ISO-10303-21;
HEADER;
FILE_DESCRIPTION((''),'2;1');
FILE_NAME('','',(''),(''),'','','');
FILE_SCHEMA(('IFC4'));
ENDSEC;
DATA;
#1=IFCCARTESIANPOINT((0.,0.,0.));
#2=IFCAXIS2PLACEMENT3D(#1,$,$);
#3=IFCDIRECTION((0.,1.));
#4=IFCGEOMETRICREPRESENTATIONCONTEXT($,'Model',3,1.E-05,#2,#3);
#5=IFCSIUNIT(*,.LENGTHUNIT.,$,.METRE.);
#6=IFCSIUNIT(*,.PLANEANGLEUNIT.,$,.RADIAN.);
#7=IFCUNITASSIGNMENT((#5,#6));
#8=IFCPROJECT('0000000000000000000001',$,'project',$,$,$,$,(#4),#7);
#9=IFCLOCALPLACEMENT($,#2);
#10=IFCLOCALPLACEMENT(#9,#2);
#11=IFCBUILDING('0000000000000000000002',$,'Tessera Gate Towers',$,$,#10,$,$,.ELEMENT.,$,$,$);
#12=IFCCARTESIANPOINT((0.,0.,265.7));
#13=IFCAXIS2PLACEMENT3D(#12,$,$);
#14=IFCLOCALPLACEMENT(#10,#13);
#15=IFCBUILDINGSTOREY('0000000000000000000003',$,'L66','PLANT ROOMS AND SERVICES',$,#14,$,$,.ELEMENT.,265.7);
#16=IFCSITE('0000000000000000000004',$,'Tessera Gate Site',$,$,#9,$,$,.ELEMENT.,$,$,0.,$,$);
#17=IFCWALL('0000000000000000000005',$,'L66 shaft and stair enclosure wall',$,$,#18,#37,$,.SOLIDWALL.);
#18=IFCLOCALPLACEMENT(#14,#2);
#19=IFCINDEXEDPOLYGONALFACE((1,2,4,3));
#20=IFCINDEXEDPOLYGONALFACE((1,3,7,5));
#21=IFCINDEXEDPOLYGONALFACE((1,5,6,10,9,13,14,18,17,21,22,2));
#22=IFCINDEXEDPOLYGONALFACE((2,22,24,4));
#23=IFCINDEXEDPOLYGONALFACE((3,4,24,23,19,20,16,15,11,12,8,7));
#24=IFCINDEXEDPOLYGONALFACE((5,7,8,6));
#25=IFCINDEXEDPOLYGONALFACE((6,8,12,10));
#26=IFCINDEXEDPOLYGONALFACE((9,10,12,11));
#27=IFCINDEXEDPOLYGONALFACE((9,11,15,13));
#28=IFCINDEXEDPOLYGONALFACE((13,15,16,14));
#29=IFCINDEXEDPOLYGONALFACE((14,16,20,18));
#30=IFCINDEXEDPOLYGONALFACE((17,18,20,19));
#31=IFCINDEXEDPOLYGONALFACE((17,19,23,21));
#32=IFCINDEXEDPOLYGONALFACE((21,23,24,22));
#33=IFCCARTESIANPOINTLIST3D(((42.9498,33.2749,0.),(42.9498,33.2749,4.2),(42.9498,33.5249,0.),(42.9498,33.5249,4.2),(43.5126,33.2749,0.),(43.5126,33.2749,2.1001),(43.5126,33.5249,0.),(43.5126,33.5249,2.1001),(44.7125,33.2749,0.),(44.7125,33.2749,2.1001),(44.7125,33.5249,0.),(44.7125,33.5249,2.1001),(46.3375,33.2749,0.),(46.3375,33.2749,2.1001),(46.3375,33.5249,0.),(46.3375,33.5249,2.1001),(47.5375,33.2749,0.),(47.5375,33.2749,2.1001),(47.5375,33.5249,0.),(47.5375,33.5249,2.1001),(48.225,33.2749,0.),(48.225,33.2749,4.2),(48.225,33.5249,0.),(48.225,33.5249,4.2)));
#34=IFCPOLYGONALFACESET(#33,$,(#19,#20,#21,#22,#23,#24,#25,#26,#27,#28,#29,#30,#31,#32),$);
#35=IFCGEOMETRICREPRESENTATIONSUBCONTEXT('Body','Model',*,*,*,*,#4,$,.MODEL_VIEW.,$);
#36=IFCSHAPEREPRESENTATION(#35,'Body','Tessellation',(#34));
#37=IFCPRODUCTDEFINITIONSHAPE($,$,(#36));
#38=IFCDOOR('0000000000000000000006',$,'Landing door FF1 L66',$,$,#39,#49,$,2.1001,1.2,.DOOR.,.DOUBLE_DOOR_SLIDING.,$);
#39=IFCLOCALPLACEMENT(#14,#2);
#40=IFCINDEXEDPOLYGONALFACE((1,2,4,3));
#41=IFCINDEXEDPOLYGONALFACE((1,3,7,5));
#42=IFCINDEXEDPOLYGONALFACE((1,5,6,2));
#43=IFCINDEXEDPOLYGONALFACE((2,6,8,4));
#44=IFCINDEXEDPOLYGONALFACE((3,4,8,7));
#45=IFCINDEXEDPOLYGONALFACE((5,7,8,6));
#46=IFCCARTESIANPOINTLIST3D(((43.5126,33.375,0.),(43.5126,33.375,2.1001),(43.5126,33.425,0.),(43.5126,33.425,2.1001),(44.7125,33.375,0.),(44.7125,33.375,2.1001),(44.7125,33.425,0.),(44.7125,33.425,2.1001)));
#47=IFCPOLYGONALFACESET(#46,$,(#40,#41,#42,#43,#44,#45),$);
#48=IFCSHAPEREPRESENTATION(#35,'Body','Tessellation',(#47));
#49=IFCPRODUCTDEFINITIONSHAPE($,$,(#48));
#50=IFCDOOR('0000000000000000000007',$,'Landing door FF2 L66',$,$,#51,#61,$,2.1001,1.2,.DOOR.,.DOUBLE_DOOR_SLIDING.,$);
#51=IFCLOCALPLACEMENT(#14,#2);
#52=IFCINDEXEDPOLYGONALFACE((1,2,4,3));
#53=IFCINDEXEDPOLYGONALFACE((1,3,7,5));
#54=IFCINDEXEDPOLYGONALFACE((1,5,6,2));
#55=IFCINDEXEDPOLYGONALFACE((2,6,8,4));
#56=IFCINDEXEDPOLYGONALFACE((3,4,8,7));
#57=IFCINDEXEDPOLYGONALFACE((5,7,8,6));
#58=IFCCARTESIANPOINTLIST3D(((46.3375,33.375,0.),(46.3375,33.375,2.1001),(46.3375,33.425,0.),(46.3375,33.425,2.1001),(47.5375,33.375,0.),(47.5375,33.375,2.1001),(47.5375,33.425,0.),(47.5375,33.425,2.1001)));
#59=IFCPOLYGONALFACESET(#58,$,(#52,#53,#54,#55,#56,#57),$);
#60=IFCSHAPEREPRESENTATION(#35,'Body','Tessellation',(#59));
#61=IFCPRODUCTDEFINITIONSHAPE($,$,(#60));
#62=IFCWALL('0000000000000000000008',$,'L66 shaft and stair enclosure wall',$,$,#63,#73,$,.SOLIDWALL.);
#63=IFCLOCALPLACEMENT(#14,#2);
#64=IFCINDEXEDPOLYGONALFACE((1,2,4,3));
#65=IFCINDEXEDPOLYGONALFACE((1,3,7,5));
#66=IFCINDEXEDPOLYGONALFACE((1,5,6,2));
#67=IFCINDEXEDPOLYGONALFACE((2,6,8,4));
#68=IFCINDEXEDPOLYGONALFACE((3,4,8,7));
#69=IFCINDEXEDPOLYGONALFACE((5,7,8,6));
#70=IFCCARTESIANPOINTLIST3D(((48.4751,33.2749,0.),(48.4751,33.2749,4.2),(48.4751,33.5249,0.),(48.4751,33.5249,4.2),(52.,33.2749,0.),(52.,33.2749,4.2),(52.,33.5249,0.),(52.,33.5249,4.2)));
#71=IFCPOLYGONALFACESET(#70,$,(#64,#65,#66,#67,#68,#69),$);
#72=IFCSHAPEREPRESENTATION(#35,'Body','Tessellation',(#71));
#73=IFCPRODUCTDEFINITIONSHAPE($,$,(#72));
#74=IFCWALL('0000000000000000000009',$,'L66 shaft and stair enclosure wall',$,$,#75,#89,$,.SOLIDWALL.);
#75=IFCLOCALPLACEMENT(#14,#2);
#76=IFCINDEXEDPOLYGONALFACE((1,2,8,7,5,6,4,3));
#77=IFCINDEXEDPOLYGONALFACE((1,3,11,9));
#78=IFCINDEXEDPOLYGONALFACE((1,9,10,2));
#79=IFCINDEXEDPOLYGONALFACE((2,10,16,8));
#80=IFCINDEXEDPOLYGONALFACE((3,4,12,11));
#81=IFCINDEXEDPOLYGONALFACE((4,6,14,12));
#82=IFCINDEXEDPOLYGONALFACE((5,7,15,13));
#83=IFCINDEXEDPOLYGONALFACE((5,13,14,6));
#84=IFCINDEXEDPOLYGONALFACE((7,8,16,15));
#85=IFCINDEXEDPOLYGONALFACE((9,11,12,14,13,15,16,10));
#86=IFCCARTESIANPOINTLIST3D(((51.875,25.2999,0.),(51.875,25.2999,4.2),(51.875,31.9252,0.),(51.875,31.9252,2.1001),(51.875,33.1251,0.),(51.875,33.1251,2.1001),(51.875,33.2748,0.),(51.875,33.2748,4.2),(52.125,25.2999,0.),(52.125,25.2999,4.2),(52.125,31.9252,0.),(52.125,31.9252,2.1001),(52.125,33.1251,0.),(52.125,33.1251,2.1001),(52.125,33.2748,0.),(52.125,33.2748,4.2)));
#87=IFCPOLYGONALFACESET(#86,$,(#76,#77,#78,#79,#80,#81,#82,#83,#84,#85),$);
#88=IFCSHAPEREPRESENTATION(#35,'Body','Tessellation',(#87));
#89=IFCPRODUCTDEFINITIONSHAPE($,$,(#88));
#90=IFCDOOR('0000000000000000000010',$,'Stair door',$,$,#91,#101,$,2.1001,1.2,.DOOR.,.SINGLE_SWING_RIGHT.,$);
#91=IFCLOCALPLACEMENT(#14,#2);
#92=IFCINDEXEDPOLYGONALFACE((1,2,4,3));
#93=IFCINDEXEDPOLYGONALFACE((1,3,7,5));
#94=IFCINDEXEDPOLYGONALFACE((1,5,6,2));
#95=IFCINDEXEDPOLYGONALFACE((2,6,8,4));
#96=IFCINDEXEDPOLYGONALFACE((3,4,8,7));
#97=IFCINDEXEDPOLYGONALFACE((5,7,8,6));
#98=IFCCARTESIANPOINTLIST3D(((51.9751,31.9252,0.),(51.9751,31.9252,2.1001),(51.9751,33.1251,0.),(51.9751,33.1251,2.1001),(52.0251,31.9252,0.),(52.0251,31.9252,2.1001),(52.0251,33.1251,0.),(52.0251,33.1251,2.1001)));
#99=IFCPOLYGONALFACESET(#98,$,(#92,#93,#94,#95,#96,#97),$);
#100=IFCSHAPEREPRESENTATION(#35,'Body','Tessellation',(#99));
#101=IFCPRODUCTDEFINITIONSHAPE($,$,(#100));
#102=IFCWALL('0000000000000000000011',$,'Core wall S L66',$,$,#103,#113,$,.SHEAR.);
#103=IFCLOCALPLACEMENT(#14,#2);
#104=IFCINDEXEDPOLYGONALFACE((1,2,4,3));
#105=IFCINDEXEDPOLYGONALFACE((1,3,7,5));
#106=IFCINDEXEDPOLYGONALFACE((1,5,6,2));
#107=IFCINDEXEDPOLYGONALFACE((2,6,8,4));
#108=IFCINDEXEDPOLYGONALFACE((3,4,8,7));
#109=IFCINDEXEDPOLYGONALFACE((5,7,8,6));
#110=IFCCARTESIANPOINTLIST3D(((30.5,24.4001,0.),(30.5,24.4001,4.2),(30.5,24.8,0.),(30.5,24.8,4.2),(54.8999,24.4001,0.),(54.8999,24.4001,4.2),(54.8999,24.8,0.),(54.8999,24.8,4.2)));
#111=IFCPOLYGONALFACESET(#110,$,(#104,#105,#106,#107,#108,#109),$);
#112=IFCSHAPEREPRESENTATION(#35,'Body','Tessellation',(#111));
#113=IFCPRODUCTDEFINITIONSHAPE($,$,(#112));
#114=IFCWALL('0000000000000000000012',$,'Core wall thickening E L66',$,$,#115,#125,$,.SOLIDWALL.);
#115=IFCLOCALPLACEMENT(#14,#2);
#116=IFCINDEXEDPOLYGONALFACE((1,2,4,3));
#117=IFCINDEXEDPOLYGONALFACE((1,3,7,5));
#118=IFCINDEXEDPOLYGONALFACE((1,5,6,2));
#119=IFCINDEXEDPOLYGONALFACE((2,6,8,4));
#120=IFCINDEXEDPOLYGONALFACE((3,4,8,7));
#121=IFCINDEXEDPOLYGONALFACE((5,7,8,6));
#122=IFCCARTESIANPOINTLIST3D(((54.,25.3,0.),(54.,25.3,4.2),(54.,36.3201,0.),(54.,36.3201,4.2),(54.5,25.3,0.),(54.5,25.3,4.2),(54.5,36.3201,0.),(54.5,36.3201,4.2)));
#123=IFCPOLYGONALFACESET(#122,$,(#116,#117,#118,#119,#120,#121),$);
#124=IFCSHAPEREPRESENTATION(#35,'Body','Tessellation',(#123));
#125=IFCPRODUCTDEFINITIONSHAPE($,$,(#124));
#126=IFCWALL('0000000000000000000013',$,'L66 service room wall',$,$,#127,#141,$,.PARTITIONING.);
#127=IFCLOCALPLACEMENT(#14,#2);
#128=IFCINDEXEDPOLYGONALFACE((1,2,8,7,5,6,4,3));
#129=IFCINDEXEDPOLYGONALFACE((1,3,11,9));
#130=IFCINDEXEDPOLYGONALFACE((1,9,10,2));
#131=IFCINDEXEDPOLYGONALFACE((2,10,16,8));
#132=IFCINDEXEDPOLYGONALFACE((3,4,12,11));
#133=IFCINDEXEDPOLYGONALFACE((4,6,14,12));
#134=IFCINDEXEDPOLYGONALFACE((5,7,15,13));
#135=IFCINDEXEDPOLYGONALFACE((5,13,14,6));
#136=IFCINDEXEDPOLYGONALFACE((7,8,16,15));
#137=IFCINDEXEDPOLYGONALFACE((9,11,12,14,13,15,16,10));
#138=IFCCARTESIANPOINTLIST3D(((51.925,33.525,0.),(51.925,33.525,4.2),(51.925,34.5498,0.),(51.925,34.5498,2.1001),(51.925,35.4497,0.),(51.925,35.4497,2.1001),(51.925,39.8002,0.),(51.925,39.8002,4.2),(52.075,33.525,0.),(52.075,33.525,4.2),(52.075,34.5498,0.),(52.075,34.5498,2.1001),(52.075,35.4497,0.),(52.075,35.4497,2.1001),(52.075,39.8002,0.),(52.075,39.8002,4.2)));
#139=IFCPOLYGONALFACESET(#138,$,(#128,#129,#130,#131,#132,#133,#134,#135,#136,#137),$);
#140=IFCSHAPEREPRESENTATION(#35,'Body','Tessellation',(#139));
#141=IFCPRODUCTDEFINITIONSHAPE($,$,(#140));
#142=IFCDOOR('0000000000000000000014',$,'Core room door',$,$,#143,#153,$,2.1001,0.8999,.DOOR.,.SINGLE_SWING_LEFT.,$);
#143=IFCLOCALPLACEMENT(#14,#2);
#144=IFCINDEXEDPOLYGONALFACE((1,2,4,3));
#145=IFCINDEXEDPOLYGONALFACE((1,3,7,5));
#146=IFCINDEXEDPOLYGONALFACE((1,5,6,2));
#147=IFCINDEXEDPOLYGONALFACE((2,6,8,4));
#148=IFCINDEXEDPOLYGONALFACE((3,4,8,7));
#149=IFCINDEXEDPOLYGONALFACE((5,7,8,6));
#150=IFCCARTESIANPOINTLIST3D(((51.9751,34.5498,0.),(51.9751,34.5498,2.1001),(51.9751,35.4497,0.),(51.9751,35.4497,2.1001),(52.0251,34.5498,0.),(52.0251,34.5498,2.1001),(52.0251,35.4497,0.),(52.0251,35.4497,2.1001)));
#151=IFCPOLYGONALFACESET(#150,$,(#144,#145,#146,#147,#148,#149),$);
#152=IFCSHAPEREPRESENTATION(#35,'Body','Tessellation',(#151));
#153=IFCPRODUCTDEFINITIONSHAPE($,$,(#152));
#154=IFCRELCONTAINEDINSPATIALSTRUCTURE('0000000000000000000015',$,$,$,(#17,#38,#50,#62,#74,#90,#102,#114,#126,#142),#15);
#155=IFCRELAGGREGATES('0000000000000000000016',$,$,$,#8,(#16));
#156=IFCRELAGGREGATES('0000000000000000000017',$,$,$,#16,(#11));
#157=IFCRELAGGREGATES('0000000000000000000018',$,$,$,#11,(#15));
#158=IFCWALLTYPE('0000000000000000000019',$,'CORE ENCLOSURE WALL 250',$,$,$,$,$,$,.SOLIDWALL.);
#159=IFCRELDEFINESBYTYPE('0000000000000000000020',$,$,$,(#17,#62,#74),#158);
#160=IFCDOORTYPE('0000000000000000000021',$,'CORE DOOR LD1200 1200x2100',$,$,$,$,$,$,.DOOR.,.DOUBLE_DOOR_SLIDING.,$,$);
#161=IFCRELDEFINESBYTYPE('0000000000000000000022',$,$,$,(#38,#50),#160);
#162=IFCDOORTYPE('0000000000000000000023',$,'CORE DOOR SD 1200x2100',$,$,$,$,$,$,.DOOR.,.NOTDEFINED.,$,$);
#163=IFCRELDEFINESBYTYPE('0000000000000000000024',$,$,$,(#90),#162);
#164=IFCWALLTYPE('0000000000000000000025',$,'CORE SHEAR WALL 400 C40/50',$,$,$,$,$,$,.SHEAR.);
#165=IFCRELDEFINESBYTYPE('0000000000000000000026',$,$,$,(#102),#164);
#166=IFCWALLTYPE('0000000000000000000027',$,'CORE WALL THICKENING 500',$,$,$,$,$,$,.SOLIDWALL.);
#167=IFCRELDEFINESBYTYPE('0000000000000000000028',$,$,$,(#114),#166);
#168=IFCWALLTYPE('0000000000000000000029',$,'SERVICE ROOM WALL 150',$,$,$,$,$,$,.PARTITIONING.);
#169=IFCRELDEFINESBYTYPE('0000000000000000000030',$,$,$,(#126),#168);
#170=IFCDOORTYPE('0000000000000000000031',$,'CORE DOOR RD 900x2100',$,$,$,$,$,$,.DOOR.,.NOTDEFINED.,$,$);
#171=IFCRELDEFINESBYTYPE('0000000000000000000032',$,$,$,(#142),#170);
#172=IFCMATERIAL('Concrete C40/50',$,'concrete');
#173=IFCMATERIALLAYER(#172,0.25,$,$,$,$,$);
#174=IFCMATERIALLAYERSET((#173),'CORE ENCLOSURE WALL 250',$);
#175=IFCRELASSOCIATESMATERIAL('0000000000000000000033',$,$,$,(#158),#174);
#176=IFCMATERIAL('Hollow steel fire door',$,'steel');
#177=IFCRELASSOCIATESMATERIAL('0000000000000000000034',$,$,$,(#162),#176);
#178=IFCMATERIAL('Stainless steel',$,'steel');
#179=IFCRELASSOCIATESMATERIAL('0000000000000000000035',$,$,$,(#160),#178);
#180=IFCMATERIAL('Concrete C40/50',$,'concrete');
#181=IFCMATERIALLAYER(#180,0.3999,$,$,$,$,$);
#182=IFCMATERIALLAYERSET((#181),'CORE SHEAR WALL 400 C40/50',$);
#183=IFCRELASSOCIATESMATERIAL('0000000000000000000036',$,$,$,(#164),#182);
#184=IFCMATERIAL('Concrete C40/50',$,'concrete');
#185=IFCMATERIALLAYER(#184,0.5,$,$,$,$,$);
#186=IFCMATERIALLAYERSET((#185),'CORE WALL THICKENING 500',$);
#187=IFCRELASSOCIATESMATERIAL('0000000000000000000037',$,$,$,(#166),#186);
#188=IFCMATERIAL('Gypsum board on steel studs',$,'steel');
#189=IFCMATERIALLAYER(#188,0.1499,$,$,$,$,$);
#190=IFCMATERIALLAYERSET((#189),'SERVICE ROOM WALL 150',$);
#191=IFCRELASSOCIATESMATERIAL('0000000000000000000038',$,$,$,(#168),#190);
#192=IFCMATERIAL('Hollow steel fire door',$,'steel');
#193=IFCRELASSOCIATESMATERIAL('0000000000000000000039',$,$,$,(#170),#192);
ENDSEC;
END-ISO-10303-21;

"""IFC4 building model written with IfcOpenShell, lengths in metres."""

from ifc_helpers import new_model, si_unit, direction, frame, frame_2d, origin, place, context, subcontext, project, spatial, rectangle, extrude, source, transform, mapped, material, layer, layer_set, type_object, element, fill, save


model = new_model("IFC4")

# Units and contexts
model_context = context("Model", 3, precision=1e-05, world=origin(), true_north=direction((0.0, 1.0)))
body_context = subcontext(model_context, "Body", "Model", "MODEL_VIEW")
ifc_project = project(units=[si_unit("LENGTHUNIT", "METRE"), si_unit("PLANEANGLEUNIT", "RADIAN")], contexts=[model_context])

# Site, building, storey
site_placement = place(None, origin())
site = spatial("IfcSite", under=ifc_project, at=site_placement, Name="Tessera Gate Site", CompositionType="ELEMENT", RefElevation=0.0)
building_placement = place(site_placement, origin())
building = spatial("IfcBuilding", under=site, at=building_placement, Name="Tessera Gate Towers", CompositionType="ELEMENT")
storey_placement = place(building_placement, frame((0.0, 0.0, 265.7)))
storey = spatial("IfcBuildingStorey", under=building, at=storey_placement, Name="L66", Description="PLANT ROOMS AND SERVICES", CompositionType="ELEMENT", Elevation=265.7)

# Shared definitions
ifc_material_1 = material(Name="Concrete C40/50", Category="concrete")
ifc_layer_1 = layer(ifc_material_1, 0.25)
ifc_layer_set_1 = layer_set([ifc_layer_1], Name="CORE ENCLOSURE WALL 250")
wall_type_1 = type_object("IfcWallType", Name="CORE ENCLOSURE WALL 250", PredefinedType="SOLIDWALL", material=ifc_layer_set_1)
shared_shape_1 = source(origin(), body_context, "Body", "SweptSolid", [
    extrude(rectangle(XDim=1.2, YDim=2.1001, at=frame_2d((0.6001, 1.05))), frame((0.0, 0.135, 0.0), z_axis=(0.0, -1.0, 0.0), x_axis=(1.0, 0.0, 0.0)), (0.0, 0.0, 1.0), 0.27),
])
ifc_material_2 = material(Name="Hollow steel fire door", Category="steel")
door_type_1 = type_object("IfcDoorType", Name="CORE DOOR SD 1200x2100", OperationType="NOTDEFINED", PredefinedType="DOOR", material=ifc_material_2)
shared_shape_2 = source(origin(), body_context, "Body", "SweptSolid", [
    extrude(rectangle(XDim=1.2, YDim=2.1001, at=frame_2d((0.6001, 1.05))), frame((0.0, 0.0249, 0.0), z_axis=(0.0, -1.0, 0.0), x_axis=(1.0, 0.0, 0.0)), (0.0, 0.0, 1.0), 0.05),
])

# Wall, openings, doors
wall_1_placement = place(storey_placement, frame((48.2251, 33.3999, 0.0), z_axis=(0.0, 0.0, 1.0), x_axis=(-1.0, 0.0, 0.0)))
wall_1 = element("IfcWall", 1, at=wall_1_placement, inside=storey, type_object=wall_type_1, Name="L66 shaft and stair enclosure wall", PredefinedType="SOLIDWALL", context=body_context, shape_type="SweptSolid", body=[
    extrude(rectangle(XDim=5.2751, YDim=0.25, at=frame_2d((2.6377, 0.0))), origin(), (0.0, 0.0, 1.0), 4.2),
])
opening_1_placement = place(wall_1_placement, frame((3.5125, 0.0, 0.0)))
opening_1 = element("IfcOpeningElement", 2, at=opening_1_placement, cuts=wall_1, PredefinedType="OPENING", context=body_context, shape_type="MappedRepresentation", body=[
    mapped(shared_shape_1, transform((0.0, 0.0, 0.0), scale=1.0)),
])
opening_2_placement = place(wall_1_placement, frame((0.6875, 0.0, 0.0)))
opening_2 = element("IfcOpeningElement", 3, at=opening_2_placement, cuts=wall_1, PredefinedType="OPENING", context=body_context, shape_type="MappedRepresentation", body=[
    mapped(shared_shape_1, transform((0.0, 0.0, 0.0), scale=1.0)),
])
ifc_material_3 = material(Name="Stainless steel", Category="steel")
door_type_2 = type_object("IfcDoorType", Name="CORE DOOR LD1200 1200x2100", OperationType="DOUBLE_DOOR_SLIDING", PredefinedType="DOOR", material=ifc_material_3)
door_1_placement = place(opening_1_placement, origin())
door_1 = element("IfcDoor", 4, at=door_1_placement, inside=storey, type_object=door_type_2, Name="Landing door FF1 L66", OperationType="DOUBLE_DOOR_SLIDING", OverallHeight=2.1001, OverallWidth=1.2, PredefinedType="DOOR", context=body_context, shape_type="MappedRepresentation", body=[
    mapped(shared_shape_2, transform((0.0, 0.0, 0.0), scale=1.0)),
])
fill(opening_1, door_1)
door_2_placement = place(opening_2_placement, origin())
door_2 = element("IfcDoor", 5, at=door_2_placement, inside=storey, type_object=door_type_2, Name="Landing door FF2 L66", OperationType="DOUBLE_DOOR_SLIDING", OverallHeight=2.1001, OverallWidth=1.2, PredefinedType="DOOR", context=body_context, shape_type="MappedRepresentation", body=[
    mapped(shared_shape_2, transform((0.0, 0.0, 0.0), scale=1.0)),
])
fill(opening_2, door_2)

# Wall
wall_2_placement = place(storey_placement, frame((48.4751, 33.3999, 0.0), z_axis=(0.0, 0.0, 1.0), x_axis=(1.0, 0.0, 0.0)))
element("IfcWall", 6, at=wall_2_placement, inside=storey, type_object=wall_type_1, Name="L66 shaft and stair enclosure wall", PredefinedType="SOLIDWALL", context=body_context, shape_type="SweptSolid", body=[
    extrude(rectangle(XDim=3.5249, YDim=0.25, at=frame_2d((1.7625, 0.0))), origin(), (0.0, 0.0, 1.0), 4.2),
])

# Wall, opening, door
wall_3_placement = place(storey_placement, frame((52.0, 25.3, 0.0), z_axis=(0.0, 0.0, 1.0), x_axis=(0.0, 1.0, 0.0)))
wall_3 = element("IfcWall", 7, at=wall_3_placement, inside=storey, type_object=wall_type_1, Name="L66 shaft and stair enclosure wall", PredefinedType="SOLIDWALL", context=body_context, shape_type="SweptSolid", body=[
    extrude(rectangle(XDim=7.9749, YDim=0.25, at=frame_2d((3.9873, 0.0))), origin(), (0.0, 0.0, 1.0), 4.2),
])
opening_3_placement = place(wall_3_placement, frame((6.625, 0.0, 0.0)))
opening_3 = element("IfcOpeningElement", 8, at=opening_3_placement, cuts=wall_3, PredefinedType="OPENING", context=body_context, shape_type="MappedRepresentation", body=[
    mapped(shared_shape_1, transform((0.0, 0.0, 0.0), scale=1.0)),
])
door_3_placement = place(opening_3_placement, origin())
door_3 = element("IfcDoor", 9, at=door_3_placement, inside=storey, type_object=door_type_1, Name="Stair door", OperationType="SINGLE_SWING_RIGHT", OverallHeight=2.1001, OverallWidth=1.2, PredefinedType="DOOR", context=body_context, shape_type="MappedRepresentation", body=[
    mapped(shared_shape_2, transform((0.0, 0.0, 0.0), scale=1.0)),
])
fill(opening_3, door_3)

# Walls
ifc_material_4 = material(Name="Concrete C40/50", Category="concrete")
ifc_layer_2 = layer(ifc_material_4, 0.3999)
ifc_layer_set_2 = layer_set([ifc_layer_2], Name="CORE SHEAR WALL 400 C40/50")
wall_type_2 = type_object("IfcWallType", Name="CORE SHEAR WALL 400 C40/50", PredefinedType="SHEAR", material=ifc_layer_set_2)
wall_4_placement = place(storey_placement, frame((54.8999, 24.6001, 0.0), z_axis=(0.0, 0.0, 1.0), x_axis=(-1.0, 0.0, 0.0)))
element("IfcWall", 10, at=wall_4_placement, inside=storey, type_object=wall_type_2, Name="Core wall S L66", PredefinedType="SHEAR", context=body_context, shape_type="SweptSolid", body=[
    extrude(rectangle(XDim=24.3999, YDim=0.3999, at=frame_2d((12.2, 0.0))), origin(), (0.0, 0.0, 1.0), 4.2),
])
ifc_material_5 = material(Name="Concrete C40/50", Category="concrete")
ifc_layer_3 = layer(ifc_material_5, 0.5)
ifc_layer_set_3 = layer_set([ifc_layer_3], Name="CORE WALL THICKENING 500")
wall_type_3 = type_object("IfcWallType", Name="CORE WALL THICKENING 500", PredefinedType="SOLIDWALL", material=ifc_layer_set_3)
wall_5_placement = place(storey_placement, frame((54.25, 25.3, 0.0), z_axis=(0.0, 0.0, 1.0), x_axis=(0.0, 1.0, 0.0)))
element("IfcWall", 11, at=wall_5_placement, inside=storey, type_object=wall_type_3, Name="Core wall thickening E L66", PredefinedType="SOLIDWALL", context=body_context, shape_type="SweptSolid", body=[
    extrude(rectangle(XDim=11.02, YDim=0.5, at=frame_2d((5.51, 0.0))), origin(), (0.0, 0.0, 1.0), 4.2),
])

# Wall, opening, door
ifc_material_6 = material(Name="Gypsum board on steel studs", Category="steel")
ifc_layer_4 = layer(ifc_material_6, 0.1499)
ifc_layer_set_4 = layer_set([ifc_layer_4], Name="SERVICE ROOM WALL 150")
wall_type_4 = type_object("IfcWallType", Name="SERVICE ROOM WALL 150", PredefinedType="PARTITIONING", material=ifc_layer_set_4)
wall_6_placement = place(storey_placement, frame((52.0, 33.5249, 0.0), z_axis=(0.0, 0.0, 1.0), x_axis=(0.0, 1.0, 0.0)))
wall_6 = element("IfcWall", 12, at=wall_6_placement, inside=storey, type_object=wall_type_4, Name="L66 service room wall", PredefinedType="PARTITIONING", context=body_context, shape_type="SweptSolid", body=[
    extrude(rectangle(XDim=6.2751, YDim=0.1499, at=frame_2d((3.1377, 0.0))), origin(), (0.0, 0.0, 1.0), 4.2),
])
shared_shape_3 = source(origin(), body_context, "Body", "SweptSolid", [
    extrude(rectangle(XDim=0.8999, YDim=2.1001, at=frame_2d((0.45, 1.05))), frame((0.0, 0.085, 0.0), z_axis=(0.0, -1.0, 0.0), x_axis=(1.0, 0.0, 0.0)), (0.0, 0.0, 1.0), 0.1699),
])
opening_4_placement = place(wall_6_placement, frame((1.0249, 0.0, 0.0)))
opening_4 = element("IfcOpeningElement", 13, at=opening_4_placement, cuts=wall_6, PredefinedType="OPENING", context=body_context, shape_type="MappedRepresentation", body=[
    mapped(shared_shape_3, transform((0.0, 0.0, 0.0), scale=1.0)),
])
ifc_material_7 = material(Name="Hollow steel fire door", Category="steel")
door_type_3 = type_object("IfcDoorType", Name="CORE DOOR RD 900x2100", OperationType="NOTDEFINED", PredefinedType="DOOR", material=ifc_material_7)
shared_shape_4 = source(origin(), body_context, "Body", "SweptSolid", [
    extrude(rectangle(XDim=0.8999, YDim=2.1001, at=frame_2d((0.45, 1.05))), frame((0.0, 0.0249, 0.0), z_axis=(0.0, -1.0, 0.0), x_axis=(1.0, 0.0, 0.0)), (0.0, 0.0, 1.0), 0.05),
])
door_4_placement = place(opening_4_placement, origin())
door_4 = element("IfcDoor", 14, at=door_4_placement, inside=storey, type_object=door_type_3, Name="Core room door", OperationType="SINGLE_SWING_LEFT", OverallHeight=2.1001, OverallWidth=0.8999, PredefinedType="DOOR", context=body_context, shape_type="MappedRepresentation", body=[
    mapped(shared_shape_4, transform((0.0, 0.0, 0.0), scale=1.0)),
])
fill(opening_4, door_4)

save(model, "model.ifc")
